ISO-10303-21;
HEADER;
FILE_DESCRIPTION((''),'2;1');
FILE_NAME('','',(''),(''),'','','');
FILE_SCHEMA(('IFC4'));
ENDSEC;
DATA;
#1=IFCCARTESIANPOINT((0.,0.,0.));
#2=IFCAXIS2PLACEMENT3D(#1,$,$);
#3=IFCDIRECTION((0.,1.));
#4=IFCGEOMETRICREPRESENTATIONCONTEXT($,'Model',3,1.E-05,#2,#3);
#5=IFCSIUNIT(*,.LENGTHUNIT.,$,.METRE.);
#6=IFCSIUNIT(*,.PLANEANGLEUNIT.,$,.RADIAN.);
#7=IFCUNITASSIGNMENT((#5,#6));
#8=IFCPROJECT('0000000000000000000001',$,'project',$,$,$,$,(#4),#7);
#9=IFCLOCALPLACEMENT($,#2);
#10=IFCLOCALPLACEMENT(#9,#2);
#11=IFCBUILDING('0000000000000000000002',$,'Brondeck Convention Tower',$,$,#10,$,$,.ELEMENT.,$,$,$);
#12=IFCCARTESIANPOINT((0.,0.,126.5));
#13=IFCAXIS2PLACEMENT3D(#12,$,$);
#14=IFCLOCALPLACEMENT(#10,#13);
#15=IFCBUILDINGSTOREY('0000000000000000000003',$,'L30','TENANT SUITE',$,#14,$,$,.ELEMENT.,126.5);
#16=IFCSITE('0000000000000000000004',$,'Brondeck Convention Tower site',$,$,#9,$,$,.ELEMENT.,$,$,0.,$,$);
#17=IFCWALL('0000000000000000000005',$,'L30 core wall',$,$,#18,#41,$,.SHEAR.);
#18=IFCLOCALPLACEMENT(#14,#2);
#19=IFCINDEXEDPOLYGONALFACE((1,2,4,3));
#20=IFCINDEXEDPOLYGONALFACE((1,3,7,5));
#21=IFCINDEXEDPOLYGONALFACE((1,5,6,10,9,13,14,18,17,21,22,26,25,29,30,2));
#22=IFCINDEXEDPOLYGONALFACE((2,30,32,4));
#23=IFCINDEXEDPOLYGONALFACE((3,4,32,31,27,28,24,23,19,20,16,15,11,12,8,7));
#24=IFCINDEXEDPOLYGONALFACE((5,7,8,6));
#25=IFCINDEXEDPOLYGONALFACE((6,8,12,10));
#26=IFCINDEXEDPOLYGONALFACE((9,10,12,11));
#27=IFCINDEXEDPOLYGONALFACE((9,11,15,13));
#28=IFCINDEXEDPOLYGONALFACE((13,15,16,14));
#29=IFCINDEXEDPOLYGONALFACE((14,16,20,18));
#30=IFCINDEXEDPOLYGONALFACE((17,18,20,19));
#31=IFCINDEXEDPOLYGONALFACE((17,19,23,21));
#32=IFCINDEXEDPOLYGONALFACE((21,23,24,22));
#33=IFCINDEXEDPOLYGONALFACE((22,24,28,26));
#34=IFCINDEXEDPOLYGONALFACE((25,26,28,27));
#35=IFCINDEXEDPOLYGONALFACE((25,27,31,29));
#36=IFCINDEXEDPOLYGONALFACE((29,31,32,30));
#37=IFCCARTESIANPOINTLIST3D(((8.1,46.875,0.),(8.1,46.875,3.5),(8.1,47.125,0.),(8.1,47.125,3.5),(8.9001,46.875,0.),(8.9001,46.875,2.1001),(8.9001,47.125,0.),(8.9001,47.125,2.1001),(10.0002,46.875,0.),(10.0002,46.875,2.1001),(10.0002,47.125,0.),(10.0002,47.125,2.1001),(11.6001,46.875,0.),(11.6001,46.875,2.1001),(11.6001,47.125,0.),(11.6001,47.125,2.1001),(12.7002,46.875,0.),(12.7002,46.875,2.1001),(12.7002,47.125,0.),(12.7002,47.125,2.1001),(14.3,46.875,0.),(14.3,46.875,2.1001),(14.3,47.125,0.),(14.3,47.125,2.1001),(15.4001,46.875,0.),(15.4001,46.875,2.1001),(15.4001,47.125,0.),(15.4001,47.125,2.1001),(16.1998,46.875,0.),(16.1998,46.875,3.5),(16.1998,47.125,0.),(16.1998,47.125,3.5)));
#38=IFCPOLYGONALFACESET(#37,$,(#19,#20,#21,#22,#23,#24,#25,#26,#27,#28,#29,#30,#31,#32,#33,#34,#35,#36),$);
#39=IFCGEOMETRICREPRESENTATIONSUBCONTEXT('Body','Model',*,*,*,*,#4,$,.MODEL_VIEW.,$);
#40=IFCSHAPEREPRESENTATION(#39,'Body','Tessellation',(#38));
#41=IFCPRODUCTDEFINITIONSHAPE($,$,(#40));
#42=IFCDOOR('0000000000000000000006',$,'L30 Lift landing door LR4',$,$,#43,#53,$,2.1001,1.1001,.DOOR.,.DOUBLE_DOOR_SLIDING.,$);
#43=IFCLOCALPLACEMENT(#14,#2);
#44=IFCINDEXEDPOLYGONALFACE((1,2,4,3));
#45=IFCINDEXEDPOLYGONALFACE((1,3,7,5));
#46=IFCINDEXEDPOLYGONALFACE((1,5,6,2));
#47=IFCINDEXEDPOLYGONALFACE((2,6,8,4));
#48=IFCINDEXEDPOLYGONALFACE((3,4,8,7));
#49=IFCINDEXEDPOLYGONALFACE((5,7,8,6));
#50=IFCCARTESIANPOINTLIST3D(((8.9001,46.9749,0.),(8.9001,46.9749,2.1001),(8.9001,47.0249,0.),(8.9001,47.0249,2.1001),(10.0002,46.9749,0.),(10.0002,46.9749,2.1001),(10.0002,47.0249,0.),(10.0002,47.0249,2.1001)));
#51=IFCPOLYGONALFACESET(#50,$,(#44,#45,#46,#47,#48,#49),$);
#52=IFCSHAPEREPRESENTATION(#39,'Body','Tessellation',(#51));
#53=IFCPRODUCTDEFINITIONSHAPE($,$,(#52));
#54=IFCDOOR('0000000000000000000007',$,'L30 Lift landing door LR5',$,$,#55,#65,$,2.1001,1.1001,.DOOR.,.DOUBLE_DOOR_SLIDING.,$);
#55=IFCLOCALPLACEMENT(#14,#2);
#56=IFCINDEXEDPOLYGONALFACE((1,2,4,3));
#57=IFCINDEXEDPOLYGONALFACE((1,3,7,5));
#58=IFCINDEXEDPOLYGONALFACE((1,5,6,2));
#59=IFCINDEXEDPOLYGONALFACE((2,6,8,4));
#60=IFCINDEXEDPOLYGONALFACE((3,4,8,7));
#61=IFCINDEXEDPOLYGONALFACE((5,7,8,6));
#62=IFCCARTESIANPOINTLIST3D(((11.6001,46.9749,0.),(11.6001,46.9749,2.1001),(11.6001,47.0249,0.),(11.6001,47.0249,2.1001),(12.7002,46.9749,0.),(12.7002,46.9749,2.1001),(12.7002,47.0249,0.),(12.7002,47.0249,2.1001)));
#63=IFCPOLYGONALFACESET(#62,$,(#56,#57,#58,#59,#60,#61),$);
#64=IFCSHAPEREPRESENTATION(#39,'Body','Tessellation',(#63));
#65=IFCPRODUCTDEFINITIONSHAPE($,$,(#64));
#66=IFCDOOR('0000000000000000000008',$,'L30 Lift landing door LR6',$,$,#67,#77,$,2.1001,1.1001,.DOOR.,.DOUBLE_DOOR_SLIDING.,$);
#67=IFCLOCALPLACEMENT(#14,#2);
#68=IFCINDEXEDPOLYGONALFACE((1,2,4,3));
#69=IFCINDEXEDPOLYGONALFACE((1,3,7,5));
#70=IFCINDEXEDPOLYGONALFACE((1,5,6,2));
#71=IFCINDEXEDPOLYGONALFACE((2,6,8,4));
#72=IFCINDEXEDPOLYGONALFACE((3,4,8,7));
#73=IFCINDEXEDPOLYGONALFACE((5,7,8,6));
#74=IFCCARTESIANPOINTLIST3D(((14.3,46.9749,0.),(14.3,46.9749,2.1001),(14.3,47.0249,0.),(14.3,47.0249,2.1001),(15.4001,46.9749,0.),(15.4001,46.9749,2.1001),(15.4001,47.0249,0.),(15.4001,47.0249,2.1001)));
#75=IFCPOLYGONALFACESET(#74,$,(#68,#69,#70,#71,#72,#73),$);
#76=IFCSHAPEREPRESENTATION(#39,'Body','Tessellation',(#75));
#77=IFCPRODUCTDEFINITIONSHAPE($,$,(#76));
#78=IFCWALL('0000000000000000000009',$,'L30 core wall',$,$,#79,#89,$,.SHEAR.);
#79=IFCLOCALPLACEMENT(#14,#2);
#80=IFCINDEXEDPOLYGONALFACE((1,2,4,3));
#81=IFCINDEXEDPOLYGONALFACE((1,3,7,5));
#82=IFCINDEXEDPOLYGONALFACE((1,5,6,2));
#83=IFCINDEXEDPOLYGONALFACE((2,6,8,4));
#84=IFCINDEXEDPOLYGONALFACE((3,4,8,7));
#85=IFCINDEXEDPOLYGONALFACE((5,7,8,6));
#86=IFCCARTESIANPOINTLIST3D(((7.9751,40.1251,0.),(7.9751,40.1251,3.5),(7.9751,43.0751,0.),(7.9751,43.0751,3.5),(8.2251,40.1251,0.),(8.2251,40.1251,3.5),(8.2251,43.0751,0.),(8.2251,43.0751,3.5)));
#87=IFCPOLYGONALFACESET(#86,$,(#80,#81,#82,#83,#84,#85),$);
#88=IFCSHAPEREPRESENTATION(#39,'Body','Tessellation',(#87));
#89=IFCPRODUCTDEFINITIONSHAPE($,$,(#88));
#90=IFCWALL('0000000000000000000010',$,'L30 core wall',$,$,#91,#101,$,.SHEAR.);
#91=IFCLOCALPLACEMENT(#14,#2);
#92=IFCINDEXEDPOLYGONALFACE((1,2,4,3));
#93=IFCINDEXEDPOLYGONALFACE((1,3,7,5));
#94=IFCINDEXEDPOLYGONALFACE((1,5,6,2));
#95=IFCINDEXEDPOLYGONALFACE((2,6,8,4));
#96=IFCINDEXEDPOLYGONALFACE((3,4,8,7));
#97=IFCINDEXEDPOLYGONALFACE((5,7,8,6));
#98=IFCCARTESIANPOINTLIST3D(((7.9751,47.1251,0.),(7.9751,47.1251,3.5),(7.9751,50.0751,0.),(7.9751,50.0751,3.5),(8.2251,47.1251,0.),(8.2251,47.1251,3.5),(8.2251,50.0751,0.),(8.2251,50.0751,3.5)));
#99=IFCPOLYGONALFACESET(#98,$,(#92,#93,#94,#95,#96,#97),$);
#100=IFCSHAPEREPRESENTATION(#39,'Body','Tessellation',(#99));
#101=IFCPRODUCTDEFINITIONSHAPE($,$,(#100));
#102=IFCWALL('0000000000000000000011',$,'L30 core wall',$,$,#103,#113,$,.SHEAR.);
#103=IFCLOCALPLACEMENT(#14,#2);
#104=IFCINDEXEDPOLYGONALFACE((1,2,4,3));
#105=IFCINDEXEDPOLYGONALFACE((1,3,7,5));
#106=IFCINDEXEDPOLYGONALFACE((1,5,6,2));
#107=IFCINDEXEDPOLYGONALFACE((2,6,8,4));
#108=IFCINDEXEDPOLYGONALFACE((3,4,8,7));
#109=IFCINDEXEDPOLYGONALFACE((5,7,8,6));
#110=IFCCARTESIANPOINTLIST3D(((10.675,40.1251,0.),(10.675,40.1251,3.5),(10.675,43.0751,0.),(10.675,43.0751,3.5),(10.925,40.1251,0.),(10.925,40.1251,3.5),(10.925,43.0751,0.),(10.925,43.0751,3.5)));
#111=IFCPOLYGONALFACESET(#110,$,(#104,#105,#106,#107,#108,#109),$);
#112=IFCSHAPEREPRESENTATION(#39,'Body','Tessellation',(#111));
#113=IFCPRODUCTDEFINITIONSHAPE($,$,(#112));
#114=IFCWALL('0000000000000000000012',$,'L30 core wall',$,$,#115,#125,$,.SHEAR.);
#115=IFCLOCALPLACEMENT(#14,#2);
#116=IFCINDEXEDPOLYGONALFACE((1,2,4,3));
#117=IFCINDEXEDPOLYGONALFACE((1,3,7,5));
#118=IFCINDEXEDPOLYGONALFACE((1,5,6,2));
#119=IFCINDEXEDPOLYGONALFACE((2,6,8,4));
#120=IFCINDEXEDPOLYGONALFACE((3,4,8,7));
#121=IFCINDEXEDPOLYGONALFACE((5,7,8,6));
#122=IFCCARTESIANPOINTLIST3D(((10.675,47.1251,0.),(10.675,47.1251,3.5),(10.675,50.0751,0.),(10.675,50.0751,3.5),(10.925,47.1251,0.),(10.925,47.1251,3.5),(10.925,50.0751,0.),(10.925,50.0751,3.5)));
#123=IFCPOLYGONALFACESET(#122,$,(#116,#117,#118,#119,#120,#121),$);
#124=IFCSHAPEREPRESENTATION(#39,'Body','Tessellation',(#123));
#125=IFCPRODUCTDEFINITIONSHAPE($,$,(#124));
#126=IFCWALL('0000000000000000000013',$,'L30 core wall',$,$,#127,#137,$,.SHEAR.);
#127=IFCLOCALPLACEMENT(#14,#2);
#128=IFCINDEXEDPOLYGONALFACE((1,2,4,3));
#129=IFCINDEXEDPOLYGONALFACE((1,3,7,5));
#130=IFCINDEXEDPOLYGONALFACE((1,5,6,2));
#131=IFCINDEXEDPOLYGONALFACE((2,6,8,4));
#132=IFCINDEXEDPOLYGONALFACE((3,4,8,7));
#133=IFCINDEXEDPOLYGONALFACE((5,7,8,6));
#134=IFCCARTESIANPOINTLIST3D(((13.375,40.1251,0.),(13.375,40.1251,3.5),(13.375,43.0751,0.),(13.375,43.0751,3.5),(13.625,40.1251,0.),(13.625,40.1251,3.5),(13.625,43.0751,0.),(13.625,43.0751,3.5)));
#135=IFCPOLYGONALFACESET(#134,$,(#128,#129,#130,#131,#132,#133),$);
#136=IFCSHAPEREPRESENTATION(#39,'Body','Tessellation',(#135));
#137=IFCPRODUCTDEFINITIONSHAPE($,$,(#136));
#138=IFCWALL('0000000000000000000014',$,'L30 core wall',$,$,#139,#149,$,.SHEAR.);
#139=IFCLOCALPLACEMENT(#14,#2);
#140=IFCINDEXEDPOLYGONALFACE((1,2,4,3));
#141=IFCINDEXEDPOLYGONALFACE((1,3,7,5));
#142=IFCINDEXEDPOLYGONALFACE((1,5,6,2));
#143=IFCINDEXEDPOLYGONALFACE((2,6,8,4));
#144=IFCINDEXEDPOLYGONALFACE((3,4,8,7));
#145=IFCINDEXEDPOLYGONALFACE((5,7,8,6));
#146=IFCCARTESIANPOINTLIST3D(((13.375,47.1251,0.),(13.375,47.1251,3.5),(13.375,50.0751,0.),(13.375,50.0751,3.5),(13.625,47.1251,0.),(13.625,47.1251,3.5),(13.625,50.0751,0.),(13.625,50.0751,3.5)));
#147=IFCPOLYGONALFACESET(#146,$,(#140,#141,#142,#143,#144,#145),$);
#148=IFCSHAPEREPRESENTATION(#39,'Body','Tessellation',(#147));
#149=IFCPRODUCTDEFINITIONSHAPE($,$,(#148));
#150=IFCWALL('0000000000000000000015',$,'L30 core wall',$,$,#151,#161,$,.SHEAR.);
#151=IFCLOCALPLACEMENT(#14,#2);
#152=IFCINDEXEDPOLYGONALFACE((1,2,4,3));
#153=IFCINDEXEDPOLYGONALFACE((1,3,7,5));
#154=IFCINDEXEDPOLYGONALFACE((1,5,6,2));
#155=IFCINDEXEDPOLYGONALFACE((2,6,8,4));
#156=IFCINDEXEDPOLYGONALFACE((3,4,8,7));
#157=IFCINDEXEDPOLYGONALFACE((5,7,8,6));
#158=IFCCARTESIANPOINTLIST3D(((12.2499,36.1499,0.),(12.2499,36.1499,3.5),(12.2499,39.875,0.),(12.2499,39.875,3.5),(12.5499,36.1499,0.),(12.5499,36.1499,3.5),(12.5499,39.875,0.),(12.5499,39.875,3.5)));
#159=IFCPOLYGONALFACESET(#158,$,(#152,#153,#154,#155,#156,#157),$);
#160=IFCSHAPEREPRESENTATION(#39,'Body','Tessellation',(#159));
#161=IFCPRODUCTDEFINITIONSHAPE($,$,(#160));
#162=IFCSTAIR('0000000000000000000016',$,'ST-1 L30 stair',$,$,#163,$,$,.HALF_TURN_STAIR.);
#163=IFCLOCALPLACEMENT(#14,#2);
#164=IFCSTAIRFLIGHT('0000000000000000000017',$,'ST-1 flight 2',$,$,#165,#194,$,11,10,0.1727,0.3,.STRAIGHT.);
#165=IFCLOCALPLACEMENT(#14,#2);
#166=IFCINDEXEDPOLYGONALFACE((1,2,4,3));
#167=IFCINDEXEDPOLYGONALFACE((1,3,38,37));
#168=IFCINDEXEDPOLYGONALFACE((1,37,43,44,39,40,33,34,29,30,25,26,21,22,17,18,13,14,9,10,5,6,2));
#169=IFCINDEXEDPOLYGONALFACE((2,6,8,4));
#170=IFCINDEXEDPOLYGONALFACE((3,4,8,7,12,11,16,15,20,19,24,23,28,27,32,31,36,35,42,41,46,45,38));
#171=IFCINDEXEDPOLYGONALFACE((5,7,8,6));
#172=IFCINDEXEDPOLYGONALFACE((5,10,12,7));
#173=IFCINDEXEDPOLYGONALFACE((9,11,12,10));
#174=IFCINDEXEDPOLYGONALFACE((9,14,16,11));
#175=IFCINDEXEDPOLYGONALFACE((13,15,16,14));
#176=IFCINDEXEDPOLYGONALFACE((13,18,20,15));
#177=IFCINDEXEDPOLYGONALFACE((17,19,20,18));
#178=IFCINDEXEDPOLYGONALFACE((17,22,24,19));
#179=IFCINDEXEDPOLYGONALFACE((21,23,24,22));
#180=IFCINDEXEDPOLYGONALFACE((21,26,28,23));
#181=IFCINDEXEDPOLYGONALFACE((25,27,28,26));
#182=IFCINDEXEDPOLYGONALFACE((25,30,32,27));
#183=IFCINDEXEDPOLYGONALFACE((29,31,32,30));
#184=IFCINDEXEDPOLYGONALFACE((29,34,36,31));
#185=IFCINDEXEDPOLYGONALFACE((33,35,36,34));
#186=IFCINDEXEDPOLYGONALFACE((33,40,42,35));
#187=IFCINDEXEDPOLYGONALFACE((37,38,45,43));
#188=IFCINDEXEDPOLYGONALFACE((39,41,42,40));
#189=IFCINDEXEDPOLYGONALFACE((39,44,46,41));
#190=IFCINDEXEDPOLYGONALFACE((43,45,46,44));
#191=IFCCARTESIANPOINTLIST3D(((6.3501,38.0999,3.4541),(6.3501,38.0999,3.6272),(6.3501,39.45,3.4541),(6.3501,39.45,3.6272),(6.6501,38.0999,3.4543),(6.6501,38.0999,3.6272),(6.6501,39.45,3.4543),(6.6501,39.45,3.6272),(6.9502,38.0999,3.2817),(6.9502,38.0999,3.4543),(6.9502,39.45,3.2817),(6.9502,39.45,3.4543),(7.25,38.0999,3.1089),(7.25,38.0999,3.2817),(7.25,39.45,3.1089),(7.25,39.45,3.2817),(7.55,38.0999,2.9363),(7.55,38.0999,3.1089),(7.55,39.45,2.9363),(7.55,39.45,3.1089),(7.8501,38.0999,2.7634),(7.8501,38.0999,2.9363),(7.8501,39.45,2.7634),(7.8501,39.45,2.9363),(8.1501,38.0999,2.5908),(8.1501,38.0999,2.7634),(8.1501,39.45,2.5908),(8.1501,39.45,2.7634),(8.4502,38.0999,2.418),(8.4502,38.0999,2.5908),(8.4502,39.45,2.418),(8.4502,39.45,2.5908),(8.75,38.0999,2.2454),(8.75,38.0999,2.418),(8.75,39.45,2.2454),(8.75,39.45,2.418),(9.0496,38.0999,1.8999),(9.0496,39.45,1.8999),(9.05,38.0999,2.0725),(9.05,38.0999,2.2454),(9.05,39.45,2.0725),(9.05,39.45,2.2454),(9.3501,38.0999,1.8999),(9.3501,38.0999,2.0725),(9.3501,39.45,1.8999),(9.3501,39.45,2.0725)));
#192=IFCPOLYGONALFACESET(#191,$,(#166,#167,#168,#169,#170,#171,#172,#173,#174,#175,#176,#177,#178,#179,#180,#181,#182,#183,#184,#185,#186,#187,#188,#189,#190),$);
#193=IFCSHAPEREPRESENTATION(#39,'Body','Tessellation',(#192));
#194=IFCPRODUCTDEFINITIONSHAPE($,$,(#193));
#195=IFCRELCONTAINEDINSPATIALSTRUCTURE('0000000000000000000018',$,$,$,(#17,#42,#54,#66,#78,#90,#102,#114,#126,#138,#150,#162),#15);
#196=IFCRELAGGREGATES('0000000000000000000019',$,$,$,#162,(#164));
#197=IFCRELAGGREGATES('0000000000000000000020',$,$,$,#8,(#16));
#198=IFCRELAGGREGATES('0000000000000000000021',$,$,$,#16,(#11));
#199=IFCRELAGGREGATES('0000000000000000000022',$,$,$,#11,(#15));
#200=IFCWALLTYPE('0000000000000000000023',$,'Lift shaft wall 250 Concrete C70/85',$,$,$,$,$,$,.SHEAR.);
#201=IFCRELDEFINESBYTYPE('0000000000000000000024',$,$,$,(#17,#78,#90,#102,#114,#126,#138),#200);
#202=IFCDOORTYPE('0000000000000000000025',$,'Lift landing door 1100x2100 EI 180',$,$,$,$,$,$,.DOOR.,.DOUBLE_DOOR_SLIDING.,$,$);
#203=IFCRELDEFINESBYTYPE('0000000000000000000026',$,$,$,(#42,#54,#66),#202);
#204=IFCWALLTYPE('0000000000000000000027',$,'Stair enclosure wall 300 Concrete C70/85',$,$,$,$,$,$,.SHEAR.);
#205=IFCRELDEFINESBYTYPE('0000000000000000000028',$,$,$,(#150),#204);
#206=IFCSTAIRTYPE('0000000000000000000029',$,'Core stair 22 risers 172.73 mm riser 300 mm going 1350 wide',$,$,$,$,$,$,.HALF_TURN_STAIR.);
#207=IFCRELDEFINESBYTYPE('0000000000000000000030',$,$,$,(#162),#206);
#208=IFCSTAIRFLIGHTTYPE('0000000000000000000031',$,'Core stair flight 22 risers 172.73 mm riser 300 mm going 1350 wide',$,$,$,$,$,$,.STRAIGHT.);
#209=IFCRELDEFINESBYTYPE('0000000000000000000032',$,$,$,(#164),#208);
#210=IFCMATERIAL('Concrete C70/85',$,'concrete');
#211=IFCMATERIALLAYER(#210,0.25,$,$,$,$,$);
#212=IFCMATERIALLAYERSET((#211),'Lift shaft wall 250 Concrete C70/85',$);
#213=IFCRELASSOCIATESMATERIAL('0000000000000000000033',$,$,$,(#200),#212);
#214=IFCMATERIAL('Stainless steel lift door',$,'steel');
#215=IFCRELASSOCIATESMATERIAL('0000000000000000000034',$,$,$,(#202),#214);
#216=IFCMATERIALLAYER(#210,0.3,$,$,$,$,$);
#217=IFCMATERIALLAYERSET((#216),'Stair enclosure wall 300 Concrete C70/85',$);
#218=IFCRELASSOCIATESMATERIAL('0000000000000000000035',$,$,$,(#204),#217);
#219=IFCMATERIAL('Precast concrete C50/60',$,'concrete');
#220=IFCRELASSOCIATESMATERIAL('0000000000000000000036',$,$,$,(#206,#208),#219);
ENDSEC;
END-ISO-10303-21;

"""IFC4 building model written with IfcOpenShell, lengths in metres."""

from ifc_helpers import new_model, si_unit, direction, frame, frame_2d, origin, place, context, subcontext, project, spatial, polyline, rectangle, outline, extrude, material, layer, layer_set, type_object, element, fill, aggregate, save


model = new_model("IFC4")

# Units and contexts
model_context = context("Model", 3, precision=1e-05, world=origin(), true_north=direction((0.0, 1.0)))
body_context = subcontext(model_context, "Body", "Model", "MODEL_VIEW")
ifc_project = project(units=[si_unit("LENGTHUNIT", "METRE"), si_unit("PLANEANGLEUNIT", "RADIAN")], contexts=[model_context])

# Site, building, storey
site_placement = place(None, origin())
site = spatial("IfcSite", under=ifc_project, at=site_placement, Name="Brondeck Convention Tower site", CompositionType="ELEMENT", RefElevation=0.0)
building_placement = place(site_placement, origin())
building = spatial("IfcBuilding", under=site, at=building_placement, Name="Brondeck Convention Tower", CompositionType="ELEMENT")
storey_placement = place(building_placement, frame((0.0, 0.0, 126.5)))
storey = spatial("IfcBuildingStorey", under=building, at=storey_placement, Name="L30", Description="TENANT SUITE", CompositionType="ELEMENT", Elevation=126.5)

# Wall, openings, doors
ifc_material_1 = material(Name="Concrete C70/85", Category="concrete")
ifc_layer_1 = layer(ifc_material_1, 0.25)
ifc_layer_set_1 = layer_set([ifc_layer_1], Name="Lift shaft wall 250 Concrete C70/85")
wall_type_1 = type_object("IfcWallType", Name="Lift shaft wall 250 Concrete C70/85", PredefinedType="SHEAR", material=ifc_layer_set_1)
ifc_material_2 = material(Name="Stainless steel lift door", Category="steel")
door_type_1 = type_object("IfcDoorType", Name="Lift landing door 1100x2100 EI 180", OperationType="DOUBLE_DOOR_SLIDING", PredefinedType="DOOR", material=ifc_material_2)
wall_1_placement = place(storey_placement, frame((8.1001, 47.0, 0.0), z_axis=(0.0, 0.0, 1.0), x_axis=(1.0, 0.0, 0.0)))
wall_1 = element("IfcWall", 1, at=wall_1_placement, inside=storey, type_object=wall_type_1, Name="L30 core wall", PredefinedType="SHEAR", context=body_context, shape_type="SweptSolid", body=[
    extrude(rectangle(XDim=8.0999, YDim=0.25, at=frame_2d((4.0498, 0.0))), origin(), (0.0, 0.0, 1.0), 3.5),
])
opening_1_placement = place(wall_1_placement, frame((0.8, 0.0, 0.0)))
opening_1 = element("IfcOpeningElement", 2, at=opening_1_placement, cuts=wall_1, PredefinedType="OPENING", context=body_context, shape_type="SweptSolid", body=[
    extrude(rectangle(XDim=1.1001, YDim=2.1001, at=frame_2d((0.55, 1.05))), frame((0.0, 0.135, 0.0), z_axis=(0.0, -1.0, 0.0), x_axis=(1.0, 0.0, 0.0)), (0.0, 0.0, 1.0), 0.27),
])
opening_2_placement = place(wall_1_placement, frame((3.5, 0.0, 0.0)))
opening_2 = element("IfcOpeningElement", 3, at=opening_2_placement, cuts=wall_1, PredefinedType="OPENING", context=body_context, shape_type="SweptSolid", body=[
    extrude(rectangle(XDim=1.1001, YDim=2.1001, at=frame_2d((0.55, 1.05))), frame((0.0, 0.135, 0.0), z_axis=(0.0, -1.0, 0.0), x_axis=(1.0, 0.0, 0.0)), (0.0, 0.0, 1.0), 0.27),
])
opening_3_placement = place(wall_1_placement, frame((6.2, 0.0, 0.0)))
opening_3 = element("IfcOpeningElement", 4, at=opening_3_placement, cuts=wall_1, PredefinedType="OPENING", context=body_context, shape_type="SweptSolid", body=[
    extrude(rectangle(XDim=1.1001, YDim=2.1001, at=frame_2d((0.55, 1.05))), frame((0.0, 0.135, 0.0), z_axis=(0.0, -1.0, 0.0), x_axis=(1.0, 0.0, 0.0)), (0.0, 0.0, 1.0), 0.27),
])
door_1_placement = place(opening_1_placement, origin())
door_1 = element("IfcDoor", 5, at=door_1_placement, inside=storey, type_object=door_type_1, Name="L30 Lift landing door LR4", OperationType="DOUBLE_DOOR_SLIDING", OverallHeight=2.1001, OverallWidth=1.1001, PredefinedType="DOOR", context=body_context, shape_type="SweptSolid", body=[
    extrude(rectangle(XDim=1.1001, YDim=2.1001, at=frame_2d((0.55, 1.05))), frame((0.0, 0.0249, 0.0), z_axis=(0.0, -1.0, 0.0), x_axis=(1.0, 0.0, 0.0)), (0.0, 0.0, 1.0), 0.05),
])
fill(opening_1, door_1)
door_2_placement = place(opening_2_placement, origin())
door_2 = element("IfcDoor", 6, at=door_2_placement, inside=storey, type_object=door_type_1, Name="L30 Lift landing door LR5", OperationType="DOUBLE_DOOR_SLIDING", OverallHeight=2.1001, OverallWidth=1.1001, PredefinedType="DOOR", context=body_context, shape_type="SweptSolid", body=[
    extrude(rectangle(XDim=1.1001, YDim=2.1001, at=frame_2d((0.55, 1.05))), frame((0.0, 0.0249, 0.0), z_axis=(0.0, -1.0, 0.0), x_axis=(1.0, 0.0, 0.0)), (0.0, 0.0, 1.0), 0.05),
])
fill(opening_2, door_2)
door_3_placement = place(opening_3_placement, origin())
door_3 = element("IfcDoor", 7, at=door_3_placement, inside=storey, type_object=door_type_1, Name="L30 Lift landing door LR6", OperationType="DOUBLE_DOOR_SLIDING", OverallHeight=2.1001, OverallWidth=1.1001, PredefinedType="DOOR", context=body_context, shape_type="SweptSolid", body=[
    extrude(rectangle(XDim=1.1001, YDim=2.1001, at=frame_2d((0.55, 1.05))), frame((0.0, 0.0249, 0.0), z_axis=(0.0, -1.0, 0.0), x_axis=(1.0, 0.0, 0.0)), (0.0, 0.0, 1.0), 0.05),
])
fill(opening_3, door_3)

# Walls
for number, where, z_axis, x_axis, name in (
    (8, (8.1001, 40.125, 0.0), (0.0, 0.0, 1.0), (0.0, 1.0, 0.0), "L30 core wall"),
    (9, (8.1001, 47.125, 0.0), (0.0, 0.0, 1.0), (0.0, 1.0, 0.0), "L30 core wall"),
    (10, (10.8, 40.125, 0.0), (0.0, 0.0, 1.0), (0.0, 1.0, 0.0), "L30 core wall"),
    (11, (10.8, 47.125, 0.0), (0.0, 0.0, 1.0), (0.0, 1.0, 0.0), "L30 core wall"),
    (12, (13.5, 40.125, 0.0), (0.0, 0.0, 1.0), (0.0, 1.0, 0.0), "L30 core wall"),
    (13, (13.5, 47.125, 0.0), (0.0, 0.0, 1.0), (0.0, 1.0, 0.0), "L30 core wall"),
):
    element("IfcWall", number, at=place(storey_placement, frame(where, z_axis=z_axis, x_axis=x_axis)), inside=storey, type_object=wall_type_1, Name=name, PredefinedType="SHEAR", context=body_context, shape_type="SweptSolid", body=[
        extrude(rectangle(XDim=2.95, YDim=0.25, at=frame_2d((1.4751, 0.0))), origin(), (0.0, 0.0, 1.0), 3.5),
    ])
ifc_layer_2 = layer(ifc_material_1, 0.3)
ifc_layer_set_2 = layer_set([ifc_layer_2], Name="Stair enclosure wall 300 Concrete C70/85")
wall_type_2 = type_object("IfcWallType", Name="Stair enclosure wall 300 Concrete C70/85", PredefinedType="SHEAR", material=ifc_layer_set_2)
wall_2_placement = place(storey_placement, frame((12.3999, 36.1499, 0.0), z_axis=(0.0, 0.0, 1.0), x_axis=(0.0, 1.0, 0.0)))
element("IfcWall", 14, at=wall_2_placement, inside=storey, type_object=wall_type_2, Name="L30 core wall", PredefinedType="SHEAR", context=body_context, shape_type="SweptSolid", body=[
    extrude(rectangle(XDim=3.7251, YDim=0.3, at=frame_2d((1.8625, 0.0))), origin(), (0.0, 0.0, 1.0), 3.5),
])

# Stair, stair flight
ifc_material_3 = material(Name="Precast concrete C50/60", Category="concrete")
stair_type = type_object("IfcStairType", Name="Core stair 22 risers 172.73 mm riser 300 mm going 1350 wide", PredefinedType="HALF_TURN_STAIR", material=ifc_material_3)
stair_placement = place(storey_placement, origin())
stair = element("IfcStair", 15, at=stair_placement, inside=storey, type_object=stair_type, Name="ST-1 L30 stair", PredefinedType="HALF_TURN_STAIR")
stair_flight_type = type_object("IfcStairFlightType", Name="Core stair flight 22 risers 172.73 mm riser 300 mm going 1350 wide", PredefinedType="STRAIGHT", material=ifc_material_3)
stair_flight_placement = place(storey_placement, frame((9.3501, 38.7749, 1.8999), z_axis=(0.0, 0.0, 1.0), x_axis=(-1.0, 0.0, 0.0)))
stair_flight = element("IfcStairFlight", 16, at=stair_flight_placement, type_object=stair_flight_type, Name="ST-1 flight 2", NumberOfRisers=11, NumberOfTreads=10, PredefinedType="STRAIGHT", RiserHeight=0.1727, TreadLength=0.3, context=body_context, shape_type="SweptSolid", body=[
    extrude(outline(polyline([(0.0, 0.0), (0.0, 0.1726), (0.3, 0.1726), (0.3, 0.3455), (0.6001, 0.3455), (0.6001, 0.5181), (0.8999, 0.5181), (0.8999, 0.6909), (1.2, 0.6909), (1.2, 0.8635), (1.5, 0.8635), (1.5, 1.0364), (1.8, 1.0364), (1.8, 1.209), (2.1001, 1.209), (2.1001, 1.3818), (2.3999, 1.3818), (2.3999, 1.5544), (2.7, 1.5544), (2.7, 1.7273), (3.0, 1.7273), (3.0, 1.8999), (3.0, 1.5542), (0.3005, 0.0), (0.0, 0.0)])), frame((0.0, 0.675, 0.0), z_axis=(0.0, -1.0, 0.0), x_axis=(1.0, 0.0, 0.0)), (0.0, 0.0, 1.0), 1.3501),
])
aggregate(stair, [stair_flight])

save(model, "model.ifc")
